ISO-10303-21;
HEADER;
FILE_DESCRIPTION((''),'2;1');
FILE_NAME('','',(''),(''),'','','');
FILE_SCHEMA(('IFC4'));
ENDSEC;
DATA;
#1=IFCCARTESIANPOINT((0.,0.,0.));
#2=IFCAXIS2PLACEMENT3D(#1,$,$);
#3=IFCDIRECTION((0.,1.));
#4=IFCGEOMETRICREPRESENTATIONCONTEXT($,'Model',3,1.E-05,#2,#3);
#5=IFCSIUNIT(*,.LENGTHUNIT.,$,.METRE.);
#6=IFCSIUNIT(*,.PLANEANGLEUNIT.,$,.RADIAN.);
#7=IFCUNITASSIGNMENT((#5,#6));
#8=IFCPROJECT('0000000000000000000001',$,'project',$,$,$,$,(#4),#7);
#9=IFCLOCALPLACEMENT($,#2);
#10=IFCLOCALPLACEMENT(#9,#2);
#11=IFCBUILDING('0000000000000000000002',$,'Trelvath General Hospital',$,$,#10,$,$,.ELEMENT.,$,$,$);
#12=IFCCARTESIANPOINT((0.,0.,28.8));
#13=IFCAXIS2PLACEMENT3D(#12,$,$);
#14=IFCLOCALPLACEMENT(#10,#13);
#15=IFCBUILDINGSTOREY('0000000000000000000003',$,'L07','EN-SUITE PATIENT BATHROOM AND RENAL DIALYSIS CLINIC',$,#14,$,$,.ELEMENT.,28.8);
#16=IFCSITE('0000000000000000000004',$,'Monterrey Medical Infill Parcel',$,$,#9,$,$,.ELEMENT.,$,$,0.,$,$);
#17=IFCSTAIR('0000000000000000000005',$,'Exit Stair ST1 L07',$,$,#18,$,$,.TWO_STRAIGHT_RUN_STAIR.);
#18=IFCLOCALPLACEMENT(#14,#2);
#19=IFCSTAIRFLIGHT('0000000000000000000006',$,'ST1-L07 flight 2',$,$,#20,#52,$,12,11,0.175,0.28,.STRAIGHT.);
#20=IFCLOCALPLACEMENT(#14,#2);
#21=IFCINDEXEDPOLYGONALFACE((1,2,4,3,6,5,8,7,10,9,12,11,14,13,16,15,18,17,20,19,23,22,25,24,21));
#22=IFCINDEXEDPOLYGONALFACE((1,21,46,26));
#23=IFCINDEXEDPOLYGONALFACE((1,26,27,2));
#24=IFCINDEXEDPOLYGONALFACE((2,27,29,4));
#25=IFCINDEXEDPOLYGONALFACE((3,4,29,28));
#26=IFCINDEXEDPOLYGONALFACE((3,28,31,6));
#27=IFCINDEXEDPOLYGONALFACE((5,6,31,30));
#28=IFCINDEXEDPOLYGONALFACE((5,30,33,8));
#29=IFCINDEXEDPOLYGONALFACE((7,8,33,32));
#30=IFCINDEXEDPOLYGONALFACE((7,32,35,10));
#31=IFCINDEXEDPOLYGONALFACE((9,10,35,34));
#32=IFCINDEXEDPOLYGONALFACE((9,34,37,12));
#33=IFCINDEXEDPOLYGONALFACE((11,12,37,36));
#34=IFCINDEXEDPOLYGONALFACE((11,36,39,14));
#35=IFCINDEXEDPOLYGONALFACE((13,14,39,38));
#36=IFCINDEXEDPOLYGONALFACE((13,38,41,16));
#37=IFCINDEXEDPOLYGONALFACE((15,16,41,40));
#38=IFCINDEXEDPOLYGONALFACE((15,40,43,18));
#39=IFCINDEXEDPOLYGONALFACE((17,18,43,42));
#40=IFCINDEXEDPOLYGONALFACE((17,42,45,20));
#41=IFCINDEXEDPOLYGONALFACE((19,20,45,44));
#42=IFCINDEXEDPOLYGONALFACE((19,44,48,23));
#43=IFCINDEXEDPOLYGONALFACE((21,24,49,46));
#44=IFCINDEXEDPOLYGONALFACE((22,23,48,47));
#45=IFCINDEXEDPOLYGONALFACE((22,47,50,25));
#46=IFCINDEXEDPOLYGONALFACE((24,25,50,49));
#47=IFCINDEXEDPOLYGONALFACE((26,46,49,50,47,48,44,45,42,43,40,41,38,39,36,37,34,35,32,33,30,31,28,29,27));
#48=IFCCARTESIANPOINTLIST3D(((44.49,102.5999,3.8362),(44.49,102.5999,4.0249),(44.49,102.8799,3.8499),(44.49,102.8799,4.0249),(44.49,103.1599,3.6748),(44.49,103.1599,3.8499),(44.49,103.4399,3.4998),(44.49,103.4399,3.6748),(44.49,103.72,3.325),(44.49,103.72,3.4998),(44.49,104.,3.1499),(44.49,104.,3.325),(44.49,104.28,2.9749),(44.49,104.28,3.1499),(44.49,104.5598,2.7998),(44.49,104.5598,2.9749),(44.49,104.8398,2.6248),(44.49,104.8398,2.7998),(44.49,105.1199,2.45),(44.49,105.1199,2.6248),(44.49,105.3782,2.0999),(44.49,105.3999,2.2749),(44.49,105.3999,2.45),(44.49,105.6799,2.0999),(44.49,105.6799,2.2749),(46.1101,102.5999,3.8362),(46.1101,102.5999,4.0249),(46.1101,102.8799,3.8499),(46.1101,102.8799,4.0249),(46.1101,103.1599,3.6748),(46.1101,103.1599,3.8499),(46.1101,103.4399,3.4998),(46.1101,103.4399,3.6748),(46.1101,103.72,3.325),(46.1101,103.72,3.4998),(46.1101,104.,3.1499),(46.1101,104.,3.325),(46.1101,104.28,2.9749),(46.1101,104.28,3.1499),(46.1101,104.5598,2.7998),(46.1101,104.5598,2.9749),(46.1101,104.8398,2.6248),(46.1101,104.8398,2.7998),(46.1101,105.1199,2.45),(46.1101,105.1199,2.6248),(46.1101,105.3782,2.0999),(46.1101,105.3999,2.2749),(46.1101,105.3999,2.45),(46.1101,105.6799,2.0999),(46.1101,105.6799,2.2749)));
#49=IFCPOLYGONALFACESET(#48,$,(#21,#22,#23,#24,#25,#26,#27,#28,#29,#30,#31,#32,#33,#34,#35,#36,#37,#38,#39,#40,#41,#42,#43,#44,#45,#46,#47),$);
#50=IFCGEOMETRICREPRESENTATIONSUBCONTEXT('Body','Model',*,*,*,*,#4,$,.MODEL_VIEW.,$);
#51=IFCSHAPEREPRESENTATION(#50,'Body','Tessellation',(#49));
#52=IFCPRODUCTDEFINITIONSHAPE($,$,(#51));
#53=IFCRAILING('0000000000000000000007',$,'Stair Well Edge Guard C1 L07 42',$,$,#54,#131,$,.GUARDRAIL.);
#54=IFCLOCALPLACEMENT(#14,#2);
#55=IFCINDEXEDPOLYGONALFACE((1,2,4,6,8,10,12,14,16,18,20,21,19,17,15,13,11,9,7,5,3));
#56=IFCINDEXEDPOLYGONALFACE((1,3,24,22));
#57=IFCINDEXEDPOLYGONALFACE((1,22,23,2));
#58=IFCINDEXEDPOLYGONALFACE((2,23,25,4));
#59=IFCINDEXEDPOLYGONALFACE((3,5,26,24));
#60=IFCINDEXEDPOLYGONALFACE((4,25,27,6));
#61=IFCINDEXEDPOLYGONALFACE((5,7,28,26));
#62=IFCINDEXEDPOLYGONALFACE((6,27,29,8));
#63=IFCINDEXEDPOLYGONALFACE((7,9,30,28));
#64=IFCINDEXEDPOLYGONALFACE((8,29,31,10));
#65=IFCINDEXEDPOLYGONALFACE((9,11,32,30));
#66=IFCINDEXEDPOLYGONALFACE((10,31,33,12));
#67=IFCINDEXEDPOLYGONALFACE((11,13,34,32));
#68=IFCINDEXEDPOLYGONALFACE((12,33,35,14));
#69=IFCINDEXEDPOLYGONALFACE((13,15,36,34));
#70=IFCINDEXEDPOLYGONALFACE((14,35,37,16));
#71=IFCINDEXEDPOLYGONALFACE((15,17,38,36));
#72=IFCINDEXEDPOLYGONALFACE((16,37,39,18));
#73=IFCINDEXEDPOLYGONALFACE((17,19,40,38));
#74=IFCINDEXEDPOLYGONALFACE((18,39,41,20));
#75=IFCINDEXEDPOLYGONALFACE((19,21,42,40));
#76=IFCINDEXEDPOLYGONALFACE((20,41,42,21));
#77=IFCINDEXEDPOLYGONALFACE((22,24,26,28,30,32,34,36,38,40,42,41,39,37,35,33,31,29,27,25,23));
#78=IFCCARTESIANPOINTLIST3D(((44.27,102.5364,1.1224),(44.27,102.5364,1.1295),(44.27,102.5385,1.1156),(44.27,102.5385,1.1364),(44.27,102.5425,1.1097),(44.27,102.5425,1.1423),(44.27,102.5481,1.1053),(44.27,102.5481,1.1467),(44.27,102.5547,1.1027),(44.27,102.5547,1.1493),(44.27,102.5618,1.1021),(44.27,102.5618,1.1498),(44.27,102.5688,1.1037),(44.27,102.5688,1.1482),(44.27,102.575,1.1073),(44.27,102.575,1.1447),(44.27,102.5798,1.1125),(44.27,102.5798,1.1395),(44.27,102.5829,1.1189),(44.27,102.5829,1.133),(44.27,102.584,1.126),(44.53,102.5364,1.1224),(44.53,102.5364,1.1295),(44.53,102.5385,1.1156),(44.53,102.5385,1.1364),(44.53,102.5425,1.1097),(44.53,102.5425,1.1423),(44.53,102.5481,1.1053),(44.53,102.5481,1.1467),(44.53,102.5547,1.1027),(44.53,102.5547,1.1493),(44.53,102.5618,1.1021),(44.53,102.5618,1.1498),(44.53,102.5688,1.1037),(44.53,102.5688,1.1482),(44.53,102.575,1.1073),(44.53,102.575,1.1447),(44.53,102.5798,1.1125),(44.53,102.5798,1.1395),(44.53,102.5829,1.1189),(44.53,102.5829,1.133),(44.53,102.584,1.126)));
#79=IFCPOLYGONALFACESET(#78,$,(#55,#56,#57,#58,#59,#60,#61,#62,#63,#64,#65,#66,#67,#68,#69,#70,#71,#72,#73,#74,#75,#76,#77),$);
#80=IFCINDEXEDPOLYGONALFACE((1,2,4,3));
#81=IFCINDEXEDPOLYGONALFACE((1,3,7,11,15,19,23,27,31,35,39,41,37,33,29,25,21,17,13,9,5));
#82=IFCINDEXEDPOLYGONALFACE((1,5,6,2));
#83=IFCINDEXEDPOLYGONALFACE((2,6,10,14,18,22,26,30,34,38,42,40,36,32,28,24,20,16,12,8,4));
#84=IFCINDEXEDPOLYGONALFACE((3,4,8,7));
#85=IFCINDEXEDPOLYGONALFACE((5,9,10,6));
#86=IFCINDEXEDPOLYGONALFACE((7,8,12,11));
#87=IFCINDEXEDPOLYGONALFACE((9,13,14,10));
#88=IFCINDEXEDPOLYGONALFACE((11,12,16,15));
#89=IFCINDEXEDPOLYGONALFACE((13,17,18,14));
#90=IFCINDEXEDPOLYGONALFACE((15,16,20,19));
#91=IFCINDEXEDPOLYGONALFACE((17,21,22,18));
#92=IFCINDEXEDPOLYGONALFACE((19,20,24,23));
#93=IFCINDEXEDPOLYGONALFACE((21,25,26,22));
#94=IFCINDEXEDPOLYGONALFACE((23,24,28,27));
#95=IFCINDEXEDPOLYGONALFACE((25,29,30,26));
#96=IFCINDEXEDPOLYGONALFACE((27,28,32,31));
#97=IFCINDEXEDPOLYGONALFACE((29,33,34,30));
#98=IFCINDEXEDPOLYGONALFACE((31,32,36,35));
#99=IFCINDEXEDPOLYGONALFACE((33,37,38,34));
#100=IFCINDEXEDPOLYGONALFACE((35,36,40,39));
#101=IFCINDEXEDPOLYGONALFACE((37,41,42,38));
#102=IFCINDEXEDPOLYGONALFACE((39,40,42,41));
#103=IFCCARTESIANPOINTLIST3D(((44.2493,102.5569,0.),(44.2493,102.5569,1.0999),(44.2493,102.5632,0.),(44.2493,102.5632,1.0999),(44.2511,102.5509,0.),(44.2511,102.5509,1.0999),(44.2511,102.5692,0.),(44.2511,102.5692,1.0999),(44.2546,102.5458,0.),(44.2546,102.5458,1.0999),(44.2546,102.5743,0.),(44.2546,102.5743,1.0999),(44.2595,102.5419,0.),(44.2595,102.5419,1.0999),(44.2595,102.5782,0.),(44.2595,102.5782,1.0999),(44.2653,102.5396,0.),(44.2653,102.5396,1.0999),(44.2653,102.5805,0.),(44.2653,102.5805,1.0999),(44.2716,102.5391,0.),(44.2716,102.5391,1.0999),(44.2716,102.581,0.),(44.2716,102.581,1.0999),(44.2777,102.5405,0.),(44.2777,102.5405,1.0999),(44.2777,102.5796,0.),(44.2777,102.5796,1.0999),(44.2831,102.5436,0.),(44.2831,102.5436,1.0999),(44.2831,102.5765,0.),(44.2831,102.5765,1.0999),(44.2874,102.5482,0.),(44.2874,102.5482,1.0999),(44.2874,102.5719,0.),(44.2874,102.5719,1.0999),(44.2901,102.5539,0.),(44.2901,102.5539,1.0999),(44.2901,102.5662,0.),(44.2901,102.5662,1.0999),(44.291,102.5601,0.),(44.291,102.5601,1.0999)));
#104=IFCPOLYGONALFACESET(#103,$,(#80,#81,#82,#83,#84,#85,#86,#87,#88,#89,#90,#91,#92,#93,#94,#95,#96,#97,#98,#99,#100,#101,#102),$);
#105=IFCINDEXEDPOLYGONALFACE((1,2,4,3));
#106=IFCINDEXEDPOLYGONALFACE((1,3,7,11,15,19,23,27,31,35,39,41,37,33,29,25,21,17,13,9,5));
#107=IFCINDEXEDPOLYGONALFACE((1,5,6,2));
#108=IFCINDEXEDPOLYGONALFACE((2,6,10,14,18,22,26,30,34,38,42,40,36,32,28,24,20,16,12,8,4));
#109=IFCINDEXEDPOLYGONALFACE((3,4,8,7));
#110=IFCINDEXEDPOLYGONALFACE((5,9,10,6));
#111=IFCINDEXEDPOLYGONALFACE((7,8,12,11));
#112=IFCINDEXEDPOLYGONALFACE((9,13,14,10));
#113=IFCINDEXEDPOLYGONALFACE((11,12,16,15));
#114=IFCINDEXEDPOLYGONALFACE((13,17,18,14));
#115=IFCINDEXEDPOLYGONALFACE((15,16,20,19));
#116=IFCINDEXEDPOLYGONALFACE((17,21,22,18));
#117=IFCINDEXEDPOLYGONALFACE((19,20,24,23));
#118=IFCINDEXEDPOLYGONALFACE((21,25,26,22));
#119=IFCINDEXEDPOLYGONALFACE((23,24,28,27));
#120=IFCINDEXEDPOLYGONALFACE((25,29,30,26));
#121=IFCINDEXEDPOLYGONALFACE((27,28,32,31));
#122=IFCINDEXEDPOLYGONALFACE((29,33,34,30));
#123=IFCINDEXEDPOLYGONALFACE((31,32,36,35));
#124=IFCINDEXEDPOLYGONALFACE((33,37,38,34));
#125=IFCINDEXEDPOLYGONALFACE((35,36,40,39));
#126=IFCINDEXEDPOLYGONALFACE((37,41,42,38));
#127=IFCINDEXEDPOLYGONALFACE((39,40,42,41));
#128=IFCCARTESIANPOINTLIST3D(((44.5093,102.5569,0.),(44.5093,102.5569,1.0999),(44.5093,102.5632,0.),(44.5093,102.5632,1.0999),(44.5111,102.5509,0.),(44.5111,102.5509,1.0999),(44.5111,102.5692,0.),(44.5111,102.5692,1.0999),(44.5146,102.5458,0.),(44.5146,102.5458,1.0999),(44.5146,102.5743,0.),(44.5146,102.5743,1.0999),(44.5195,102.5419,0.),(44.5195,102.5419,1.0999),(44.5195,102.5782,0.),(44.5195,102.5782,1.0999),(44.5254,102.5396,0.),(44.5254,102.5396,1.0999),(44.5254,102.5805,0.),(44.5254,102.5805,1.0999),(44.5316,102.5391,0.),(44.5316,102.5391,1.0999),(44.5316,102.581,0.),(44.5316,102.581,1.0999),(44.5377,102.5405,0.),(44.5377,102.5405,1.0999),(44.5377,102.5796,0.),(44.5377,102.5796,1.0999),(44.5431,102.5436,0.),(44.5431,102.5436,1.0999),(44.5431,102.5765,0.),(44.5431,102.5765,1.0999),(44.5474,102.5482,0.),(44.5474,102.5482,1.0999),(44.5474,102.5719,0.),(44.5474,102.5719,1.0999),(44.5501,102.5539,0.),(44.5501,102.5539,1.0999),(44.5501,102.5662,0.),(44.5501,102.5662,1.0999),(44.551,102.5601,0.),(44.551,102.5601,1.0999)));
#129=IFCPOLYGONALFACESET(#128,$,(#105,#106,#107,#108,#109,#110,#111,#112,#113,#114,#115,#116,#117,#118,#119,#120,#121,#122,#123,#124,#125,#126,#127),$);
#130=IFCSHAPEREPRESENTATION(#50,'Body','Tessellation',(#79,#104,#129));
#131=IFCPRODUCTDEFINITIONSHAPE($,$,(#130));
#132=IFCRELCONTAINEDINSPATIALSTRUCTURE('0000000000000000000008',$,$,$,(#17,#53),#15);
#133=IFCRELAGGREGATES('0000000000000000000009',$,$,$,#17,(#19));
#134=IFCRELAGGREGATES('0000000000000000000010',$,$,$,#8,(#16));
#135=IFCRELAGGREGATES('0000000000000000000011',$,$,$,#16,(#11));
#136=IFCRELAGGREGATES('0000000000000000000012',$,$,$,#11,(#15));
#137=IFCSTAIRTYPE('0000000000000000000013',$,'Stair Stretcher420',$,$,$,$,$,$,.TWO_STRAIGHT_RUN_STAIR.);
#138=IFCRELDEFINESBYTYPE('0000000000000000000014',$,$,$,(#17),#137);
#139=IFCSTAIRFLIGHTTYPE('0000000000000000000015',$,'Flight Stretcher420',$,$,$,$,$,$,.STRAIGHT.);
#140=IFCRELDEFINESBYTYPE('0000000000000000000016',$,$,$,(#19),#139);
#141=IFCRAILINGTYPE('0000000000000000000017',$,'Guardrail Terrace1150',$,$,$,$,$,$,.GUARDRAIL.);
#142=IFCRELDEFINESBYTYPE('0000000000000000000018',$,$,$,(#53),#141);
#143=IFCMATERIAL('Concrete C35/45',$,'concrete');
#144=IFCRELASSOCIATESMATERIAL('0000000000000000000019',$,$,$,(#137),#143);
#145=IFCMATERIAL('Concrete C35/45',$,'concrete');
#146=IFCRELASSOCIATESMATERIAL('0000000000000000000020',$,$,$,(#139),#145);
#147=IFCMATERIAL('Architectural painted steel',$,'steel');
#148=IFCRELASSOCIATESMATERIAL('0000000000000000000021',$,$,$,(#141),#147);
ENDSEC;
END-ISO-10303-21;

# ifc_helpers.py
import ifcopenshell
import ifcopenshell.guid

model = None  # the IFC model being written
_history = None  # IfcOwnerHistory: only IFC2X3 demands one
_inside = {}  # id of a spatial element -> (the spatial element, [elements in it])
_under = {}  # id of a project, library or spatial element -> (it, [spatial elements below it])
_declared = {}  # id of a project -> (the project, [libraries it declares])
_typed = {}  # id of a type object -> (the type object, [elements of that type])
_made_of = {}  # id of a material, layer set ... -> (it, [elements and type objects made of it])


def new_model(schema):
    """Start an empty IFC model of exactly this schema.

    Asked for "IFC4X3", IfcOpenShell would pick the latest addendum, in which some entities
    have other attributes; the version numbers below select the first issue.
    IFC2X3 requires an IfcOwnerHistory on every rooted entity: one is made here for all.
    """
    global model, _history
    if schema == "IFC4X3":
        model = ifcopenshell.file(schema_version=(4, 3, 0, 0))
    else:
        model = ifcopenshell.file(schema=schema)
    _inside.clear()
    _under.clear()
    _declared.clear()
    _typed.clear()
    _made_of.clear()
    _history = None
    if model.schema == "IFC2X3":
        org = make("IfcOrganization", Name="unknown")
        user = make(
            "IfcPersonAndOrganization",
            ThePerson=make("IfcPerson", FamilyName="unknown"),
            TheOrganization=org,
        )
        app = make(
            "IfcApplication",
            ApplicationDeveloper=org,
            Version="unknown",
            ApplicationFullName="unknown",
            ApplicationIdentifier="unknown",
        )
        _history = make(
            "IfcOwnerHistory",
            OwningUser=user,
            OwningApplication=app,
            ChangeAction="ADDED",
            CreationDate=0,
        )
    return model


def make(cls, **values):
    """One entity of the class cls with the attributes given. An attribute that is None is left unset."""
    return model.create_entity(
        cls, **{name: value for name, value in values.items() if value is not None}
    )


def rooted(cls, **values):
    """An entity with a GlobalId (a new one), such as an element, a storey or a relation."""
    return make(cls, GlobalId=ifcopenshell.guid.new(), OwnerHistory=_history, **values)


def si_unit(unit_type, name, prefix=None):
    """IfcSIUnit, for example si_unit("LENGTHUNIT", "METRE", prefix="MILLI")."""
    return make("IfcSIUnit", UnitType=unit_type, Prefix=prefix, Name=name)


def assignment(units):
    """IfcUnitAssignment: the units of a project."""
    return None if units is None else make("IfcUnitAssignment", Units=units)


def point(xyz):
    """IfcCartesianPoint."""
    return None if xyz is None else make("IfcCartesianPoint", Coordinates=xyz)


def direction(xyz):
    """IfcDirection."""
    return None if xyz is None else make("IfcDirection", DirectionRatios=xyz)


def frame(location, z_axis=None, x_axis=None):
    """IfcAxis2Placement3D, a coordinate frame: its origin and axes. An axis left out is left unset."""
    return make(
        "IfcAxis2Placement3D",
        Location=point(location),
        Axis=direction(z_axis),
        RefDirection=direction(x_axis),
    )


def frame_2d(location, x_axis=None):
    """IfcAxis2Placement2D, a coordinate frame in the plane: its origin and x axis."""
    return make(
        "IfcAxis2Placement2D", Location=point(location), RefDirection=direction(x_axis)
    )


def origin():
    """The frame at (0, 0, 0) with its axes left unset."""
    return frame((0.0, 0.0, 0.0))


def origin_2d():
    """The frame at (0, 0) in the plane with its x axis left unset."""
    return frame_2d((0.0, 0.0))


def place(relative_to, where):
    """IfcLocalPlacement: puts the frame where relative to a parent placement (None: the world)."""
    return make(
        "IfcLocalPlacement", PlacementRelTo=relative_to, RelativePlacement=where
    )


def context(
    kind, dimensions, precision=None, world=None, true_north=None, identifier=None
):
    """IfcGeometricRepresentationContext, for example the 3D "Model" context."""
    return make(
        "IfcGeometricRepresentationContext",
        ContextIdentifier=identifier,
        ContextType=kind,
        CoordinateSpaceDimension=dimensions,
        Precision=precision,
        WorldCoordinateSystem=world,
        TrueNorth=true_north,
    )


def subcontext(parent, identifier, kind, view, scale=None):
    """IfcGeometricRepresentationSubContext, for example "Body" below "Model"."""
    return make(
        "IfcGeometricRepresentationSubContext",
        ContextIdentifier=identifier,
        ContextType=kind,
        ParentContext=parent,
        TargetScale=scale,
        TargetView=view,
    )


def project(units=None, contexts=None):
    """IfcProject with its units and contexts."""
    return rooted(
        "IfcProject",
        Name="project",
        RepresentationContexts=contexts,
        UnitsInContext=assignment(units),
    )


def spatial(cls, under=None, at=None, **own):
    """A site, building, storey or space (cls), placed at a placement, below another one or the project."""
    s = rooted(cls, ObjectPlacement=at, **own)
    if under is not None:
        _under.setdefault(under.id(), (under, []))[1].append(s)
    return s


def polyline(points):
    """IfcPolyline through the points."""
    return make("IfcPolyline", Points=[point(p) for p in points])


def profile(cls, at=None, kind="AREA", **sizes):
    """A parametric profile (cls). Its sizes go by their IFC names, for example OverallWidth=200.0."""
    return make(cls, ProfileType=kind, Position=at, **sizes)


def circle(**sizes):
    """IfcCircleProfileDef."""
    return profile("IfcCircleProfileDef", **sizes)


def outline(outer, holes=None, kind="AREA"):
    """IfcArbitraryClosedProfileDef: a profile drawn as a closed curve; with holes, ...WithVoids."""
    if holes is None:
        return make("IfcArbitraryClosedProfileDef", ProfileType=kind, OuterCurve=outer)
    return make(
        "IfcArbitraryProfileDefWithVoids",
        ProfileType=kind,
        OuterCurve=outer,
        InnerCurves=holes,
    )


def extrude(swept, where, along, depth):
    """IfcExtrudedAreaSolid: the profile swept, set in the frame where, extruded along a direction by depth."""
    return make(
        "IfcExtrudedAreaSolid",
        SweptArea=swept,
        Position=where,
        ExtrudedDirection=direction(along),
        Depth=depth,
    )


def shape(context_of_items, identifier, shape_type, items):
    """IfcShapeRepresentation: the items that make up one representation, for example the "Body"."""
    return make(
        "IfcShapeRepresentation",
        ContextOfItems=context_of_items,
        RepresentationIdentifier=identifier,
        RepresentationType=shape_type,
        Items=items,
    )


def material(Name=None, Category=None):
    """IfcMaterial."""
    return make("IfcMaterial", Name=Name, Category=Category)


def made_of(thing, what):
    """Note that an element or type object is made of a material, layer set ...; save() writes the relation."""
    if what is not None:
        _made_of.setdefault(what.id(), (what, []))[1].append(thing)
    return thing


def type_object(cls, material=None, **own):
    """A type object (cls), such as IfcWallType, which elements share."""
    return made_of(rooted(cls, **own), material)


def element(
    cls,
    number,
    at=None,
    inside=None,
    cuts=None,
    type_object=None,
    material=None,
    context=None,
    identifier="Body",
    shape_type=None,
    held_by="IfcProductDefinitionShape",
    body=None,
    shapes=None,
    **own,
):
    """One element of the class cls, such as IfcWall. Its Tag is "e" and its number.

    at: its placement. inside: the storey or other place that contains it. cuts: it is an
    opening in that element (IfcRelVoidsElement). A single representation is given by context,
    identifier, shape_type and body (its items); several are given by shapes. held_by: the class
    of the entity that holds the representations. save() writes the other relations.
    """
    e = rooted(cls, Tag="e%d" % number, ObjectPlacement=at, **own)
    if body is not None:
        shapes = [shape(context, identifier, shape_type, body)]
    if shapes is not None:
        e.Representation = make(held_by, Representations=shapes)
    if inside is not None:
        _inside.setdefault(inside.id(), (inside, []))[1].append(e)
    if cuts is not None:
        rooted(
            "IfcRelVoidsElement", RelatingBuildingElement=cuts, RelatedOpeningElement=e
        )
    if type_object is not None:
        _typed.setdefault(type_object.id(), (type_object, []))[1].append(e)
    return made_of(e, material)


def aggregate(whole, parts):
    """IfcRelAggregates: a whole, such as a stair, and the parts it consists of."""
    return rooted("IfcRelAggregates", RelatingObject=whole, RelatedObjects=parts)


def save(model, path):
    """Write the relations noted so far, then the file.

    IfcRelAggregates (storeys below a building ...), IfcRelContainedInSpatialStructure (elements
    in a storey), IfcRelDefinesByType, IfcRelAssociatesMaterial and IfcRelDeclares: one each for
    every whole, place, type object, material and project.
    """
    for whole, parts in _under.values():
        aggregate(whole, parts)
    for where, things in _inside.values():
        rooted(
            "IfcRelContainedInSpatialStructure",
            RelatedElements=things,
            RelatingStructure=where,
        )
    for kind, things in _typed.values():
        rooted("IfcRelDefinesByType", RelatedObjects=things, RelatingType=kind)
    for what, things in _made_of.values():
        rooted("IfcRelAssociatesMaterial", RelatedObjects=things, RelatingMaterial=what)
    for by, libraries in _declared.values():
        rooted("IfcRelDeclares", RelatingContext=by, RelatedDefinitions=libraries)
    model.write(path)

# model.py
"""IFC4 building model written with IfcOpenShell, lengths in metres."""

from ifc_helpers import new_model, si_unit, direction, frame, origin, origin_2d, place, context, subcontext, project, spatial, polyline, circle, outline, extrude, material, type_object, element, aggregate, save


model = new_model("IFC4")

# Units and contexts
model_context = context("Model", 3, precision=1e-05, world=origin(), true_north=direction((0.0, 1.0)))
body_context = subcontext(model_context, "Body", "Model", "MODEL_VIEW")
ifc_project = project(units=[si_unit("LENGTHUNIT", "METRE"), si_unit("PLANEANGLEUNIT", "RADIAN")], contexts=[model_context])

# Site, building, storey
site_placement = place(None, origin())
site = spatial("IfcSite", under=ifc_project, at=site_placement, Name="Monterrey Medical Infill Parcel", CompositionType="ELEMENT", RefElevation=0.0)
building_placement = place(site_placement, origin())
building = spatial("IfcBuilding", under=site, at=building_placement, Name="Trelvath General Hospital", CompositionType="ELEMENT")
storey_placement = place(building_placement, frame((0.0, 0.0, 28.8)))
storey = spatial("IfcBuildingStorey", under=building, at=storey_placement, Name="L07", Description="EN-SUITE PATIENT BATHROOM AND RENAL DIALYSIS CLINIC", CompositionType="ELEMENT", Elevation=28.8)

# Stair, stair flight
ifc_material_1 = material(Name="Concrete C35/45", Category="concrete")
stair_type = type_object("IfcStairType", Name="Stair Stretcher420", PredefinedType="TWO_STRAIGHT_RUN_STAIR", material=ifc_material_1)
stair_placement = place(storey_placement, origin())
stair = element("IfcStair", 1, at=stair_placement, inside=storey, type_object=stair_type, Name="Exit Stair ST1 L07", PredefinedType="TWO_STRAIGHT_RUN_STAIR")
ifc_material_2 = material(Name="Concrete C35/45", Category="concrete")
stair_flight_type = type_object("IfcStairFlightType", Name="Flight Stretcher420", PredefinedType="STRAIGHT", material=ifc_material_2)
stair_flight_1_placement = place(storey_placement, frame((45.3, 105.6799, 2.0999), z_axis=(0.0, 0.0, 1.0), x_axis=(0.0, -1.0, 0.0)))
stair_flight_1 = element("IfcStairFlight", 2, at=stair_flight_1_placement, type_object=stair_flight_type, Name="ST1-L07 flight 2", NumberOfRisers=12, NumberOfTreads=11, PredefinedType="STRAIGHT", RiserHeight=0.175, TreadLength=0.28, context=body_context, shape_type="SweptSolid", body=[
    extrude(outline(polyline([(0.0, 0.0), (0.0, 0.175), (0.28, 0.175), (0.28, 0.3501), (0.5601, 0.3501), (0.5601, 0.5249), (0.8401, 0.5249), (0.8401, 0.7), (1.1201, 0.7), (1.1201, 0.875), (1.3999, 0.875), (1.3999, 1.05), (1.6799, 1.05), (1.6799, 1.2251), (1.96, 1.2251), (1.96, 1.3999), (2.24, 1.3999), (2.24, 1.575), (2.52, 1.575), (2.52, 1.75), (2.8, 1.75), (2.8, 1.925), (3.0801, 1.925), (3.0801, 2.1001), (3.0801, 1.7363), (0.3018, 0.0), (0.0, 0.0)])), frame((0.0, 0.8101, 0.0), z_axis=(0.0, -1.0, 0.0), x_axis=(1.0, 0.0, 0.0)), (0.0, 0.0, 1.0), 1.6201),
])
aggregate(stair, [stair_flight_1])

# Railing
ifc_material_3 = material(Name="Architectural painted steel", Category="steel")
railing_type_1 = type_object("IfcRailingType", Name="Guardrail Terrace1150", PredefinedType="GUARDRAIL", material=ifc_material_3)
railing_1_placement = place(storey_placement, frame((44.27, 102.5601, 0.0)))
element("IfcRailing", 3, at=railing_1_placement, inside=storey, type_object=railing_type_1, Name="Stair Well Edge Guard C1 L07 42", PredefinedType="GUARDRAIL", context=body_context, shape_type="SweptSolid", body=[
    extrude(circle(Radius=0.0239, at=origin_2d()), frame((0.0, 0.0, 1.126), z_axis=(1.0, 0.0, 0.0), x_axis=(0.0, 1.0, 0.0)), (0.0, 0.0, 1.0), 0.26),
    extrude(circle(Radius=0.021, at=origin_2d()), origin(), (0.0, 0.0, 1.0), 1.0999),
    extrude(circle(Radius=0.021, at=origin_2d()), frame((0.26, 0.0, 0.0)), (0.0, 0.0, 1.0), 1.0999),
])

save(model, "model.ifc")
